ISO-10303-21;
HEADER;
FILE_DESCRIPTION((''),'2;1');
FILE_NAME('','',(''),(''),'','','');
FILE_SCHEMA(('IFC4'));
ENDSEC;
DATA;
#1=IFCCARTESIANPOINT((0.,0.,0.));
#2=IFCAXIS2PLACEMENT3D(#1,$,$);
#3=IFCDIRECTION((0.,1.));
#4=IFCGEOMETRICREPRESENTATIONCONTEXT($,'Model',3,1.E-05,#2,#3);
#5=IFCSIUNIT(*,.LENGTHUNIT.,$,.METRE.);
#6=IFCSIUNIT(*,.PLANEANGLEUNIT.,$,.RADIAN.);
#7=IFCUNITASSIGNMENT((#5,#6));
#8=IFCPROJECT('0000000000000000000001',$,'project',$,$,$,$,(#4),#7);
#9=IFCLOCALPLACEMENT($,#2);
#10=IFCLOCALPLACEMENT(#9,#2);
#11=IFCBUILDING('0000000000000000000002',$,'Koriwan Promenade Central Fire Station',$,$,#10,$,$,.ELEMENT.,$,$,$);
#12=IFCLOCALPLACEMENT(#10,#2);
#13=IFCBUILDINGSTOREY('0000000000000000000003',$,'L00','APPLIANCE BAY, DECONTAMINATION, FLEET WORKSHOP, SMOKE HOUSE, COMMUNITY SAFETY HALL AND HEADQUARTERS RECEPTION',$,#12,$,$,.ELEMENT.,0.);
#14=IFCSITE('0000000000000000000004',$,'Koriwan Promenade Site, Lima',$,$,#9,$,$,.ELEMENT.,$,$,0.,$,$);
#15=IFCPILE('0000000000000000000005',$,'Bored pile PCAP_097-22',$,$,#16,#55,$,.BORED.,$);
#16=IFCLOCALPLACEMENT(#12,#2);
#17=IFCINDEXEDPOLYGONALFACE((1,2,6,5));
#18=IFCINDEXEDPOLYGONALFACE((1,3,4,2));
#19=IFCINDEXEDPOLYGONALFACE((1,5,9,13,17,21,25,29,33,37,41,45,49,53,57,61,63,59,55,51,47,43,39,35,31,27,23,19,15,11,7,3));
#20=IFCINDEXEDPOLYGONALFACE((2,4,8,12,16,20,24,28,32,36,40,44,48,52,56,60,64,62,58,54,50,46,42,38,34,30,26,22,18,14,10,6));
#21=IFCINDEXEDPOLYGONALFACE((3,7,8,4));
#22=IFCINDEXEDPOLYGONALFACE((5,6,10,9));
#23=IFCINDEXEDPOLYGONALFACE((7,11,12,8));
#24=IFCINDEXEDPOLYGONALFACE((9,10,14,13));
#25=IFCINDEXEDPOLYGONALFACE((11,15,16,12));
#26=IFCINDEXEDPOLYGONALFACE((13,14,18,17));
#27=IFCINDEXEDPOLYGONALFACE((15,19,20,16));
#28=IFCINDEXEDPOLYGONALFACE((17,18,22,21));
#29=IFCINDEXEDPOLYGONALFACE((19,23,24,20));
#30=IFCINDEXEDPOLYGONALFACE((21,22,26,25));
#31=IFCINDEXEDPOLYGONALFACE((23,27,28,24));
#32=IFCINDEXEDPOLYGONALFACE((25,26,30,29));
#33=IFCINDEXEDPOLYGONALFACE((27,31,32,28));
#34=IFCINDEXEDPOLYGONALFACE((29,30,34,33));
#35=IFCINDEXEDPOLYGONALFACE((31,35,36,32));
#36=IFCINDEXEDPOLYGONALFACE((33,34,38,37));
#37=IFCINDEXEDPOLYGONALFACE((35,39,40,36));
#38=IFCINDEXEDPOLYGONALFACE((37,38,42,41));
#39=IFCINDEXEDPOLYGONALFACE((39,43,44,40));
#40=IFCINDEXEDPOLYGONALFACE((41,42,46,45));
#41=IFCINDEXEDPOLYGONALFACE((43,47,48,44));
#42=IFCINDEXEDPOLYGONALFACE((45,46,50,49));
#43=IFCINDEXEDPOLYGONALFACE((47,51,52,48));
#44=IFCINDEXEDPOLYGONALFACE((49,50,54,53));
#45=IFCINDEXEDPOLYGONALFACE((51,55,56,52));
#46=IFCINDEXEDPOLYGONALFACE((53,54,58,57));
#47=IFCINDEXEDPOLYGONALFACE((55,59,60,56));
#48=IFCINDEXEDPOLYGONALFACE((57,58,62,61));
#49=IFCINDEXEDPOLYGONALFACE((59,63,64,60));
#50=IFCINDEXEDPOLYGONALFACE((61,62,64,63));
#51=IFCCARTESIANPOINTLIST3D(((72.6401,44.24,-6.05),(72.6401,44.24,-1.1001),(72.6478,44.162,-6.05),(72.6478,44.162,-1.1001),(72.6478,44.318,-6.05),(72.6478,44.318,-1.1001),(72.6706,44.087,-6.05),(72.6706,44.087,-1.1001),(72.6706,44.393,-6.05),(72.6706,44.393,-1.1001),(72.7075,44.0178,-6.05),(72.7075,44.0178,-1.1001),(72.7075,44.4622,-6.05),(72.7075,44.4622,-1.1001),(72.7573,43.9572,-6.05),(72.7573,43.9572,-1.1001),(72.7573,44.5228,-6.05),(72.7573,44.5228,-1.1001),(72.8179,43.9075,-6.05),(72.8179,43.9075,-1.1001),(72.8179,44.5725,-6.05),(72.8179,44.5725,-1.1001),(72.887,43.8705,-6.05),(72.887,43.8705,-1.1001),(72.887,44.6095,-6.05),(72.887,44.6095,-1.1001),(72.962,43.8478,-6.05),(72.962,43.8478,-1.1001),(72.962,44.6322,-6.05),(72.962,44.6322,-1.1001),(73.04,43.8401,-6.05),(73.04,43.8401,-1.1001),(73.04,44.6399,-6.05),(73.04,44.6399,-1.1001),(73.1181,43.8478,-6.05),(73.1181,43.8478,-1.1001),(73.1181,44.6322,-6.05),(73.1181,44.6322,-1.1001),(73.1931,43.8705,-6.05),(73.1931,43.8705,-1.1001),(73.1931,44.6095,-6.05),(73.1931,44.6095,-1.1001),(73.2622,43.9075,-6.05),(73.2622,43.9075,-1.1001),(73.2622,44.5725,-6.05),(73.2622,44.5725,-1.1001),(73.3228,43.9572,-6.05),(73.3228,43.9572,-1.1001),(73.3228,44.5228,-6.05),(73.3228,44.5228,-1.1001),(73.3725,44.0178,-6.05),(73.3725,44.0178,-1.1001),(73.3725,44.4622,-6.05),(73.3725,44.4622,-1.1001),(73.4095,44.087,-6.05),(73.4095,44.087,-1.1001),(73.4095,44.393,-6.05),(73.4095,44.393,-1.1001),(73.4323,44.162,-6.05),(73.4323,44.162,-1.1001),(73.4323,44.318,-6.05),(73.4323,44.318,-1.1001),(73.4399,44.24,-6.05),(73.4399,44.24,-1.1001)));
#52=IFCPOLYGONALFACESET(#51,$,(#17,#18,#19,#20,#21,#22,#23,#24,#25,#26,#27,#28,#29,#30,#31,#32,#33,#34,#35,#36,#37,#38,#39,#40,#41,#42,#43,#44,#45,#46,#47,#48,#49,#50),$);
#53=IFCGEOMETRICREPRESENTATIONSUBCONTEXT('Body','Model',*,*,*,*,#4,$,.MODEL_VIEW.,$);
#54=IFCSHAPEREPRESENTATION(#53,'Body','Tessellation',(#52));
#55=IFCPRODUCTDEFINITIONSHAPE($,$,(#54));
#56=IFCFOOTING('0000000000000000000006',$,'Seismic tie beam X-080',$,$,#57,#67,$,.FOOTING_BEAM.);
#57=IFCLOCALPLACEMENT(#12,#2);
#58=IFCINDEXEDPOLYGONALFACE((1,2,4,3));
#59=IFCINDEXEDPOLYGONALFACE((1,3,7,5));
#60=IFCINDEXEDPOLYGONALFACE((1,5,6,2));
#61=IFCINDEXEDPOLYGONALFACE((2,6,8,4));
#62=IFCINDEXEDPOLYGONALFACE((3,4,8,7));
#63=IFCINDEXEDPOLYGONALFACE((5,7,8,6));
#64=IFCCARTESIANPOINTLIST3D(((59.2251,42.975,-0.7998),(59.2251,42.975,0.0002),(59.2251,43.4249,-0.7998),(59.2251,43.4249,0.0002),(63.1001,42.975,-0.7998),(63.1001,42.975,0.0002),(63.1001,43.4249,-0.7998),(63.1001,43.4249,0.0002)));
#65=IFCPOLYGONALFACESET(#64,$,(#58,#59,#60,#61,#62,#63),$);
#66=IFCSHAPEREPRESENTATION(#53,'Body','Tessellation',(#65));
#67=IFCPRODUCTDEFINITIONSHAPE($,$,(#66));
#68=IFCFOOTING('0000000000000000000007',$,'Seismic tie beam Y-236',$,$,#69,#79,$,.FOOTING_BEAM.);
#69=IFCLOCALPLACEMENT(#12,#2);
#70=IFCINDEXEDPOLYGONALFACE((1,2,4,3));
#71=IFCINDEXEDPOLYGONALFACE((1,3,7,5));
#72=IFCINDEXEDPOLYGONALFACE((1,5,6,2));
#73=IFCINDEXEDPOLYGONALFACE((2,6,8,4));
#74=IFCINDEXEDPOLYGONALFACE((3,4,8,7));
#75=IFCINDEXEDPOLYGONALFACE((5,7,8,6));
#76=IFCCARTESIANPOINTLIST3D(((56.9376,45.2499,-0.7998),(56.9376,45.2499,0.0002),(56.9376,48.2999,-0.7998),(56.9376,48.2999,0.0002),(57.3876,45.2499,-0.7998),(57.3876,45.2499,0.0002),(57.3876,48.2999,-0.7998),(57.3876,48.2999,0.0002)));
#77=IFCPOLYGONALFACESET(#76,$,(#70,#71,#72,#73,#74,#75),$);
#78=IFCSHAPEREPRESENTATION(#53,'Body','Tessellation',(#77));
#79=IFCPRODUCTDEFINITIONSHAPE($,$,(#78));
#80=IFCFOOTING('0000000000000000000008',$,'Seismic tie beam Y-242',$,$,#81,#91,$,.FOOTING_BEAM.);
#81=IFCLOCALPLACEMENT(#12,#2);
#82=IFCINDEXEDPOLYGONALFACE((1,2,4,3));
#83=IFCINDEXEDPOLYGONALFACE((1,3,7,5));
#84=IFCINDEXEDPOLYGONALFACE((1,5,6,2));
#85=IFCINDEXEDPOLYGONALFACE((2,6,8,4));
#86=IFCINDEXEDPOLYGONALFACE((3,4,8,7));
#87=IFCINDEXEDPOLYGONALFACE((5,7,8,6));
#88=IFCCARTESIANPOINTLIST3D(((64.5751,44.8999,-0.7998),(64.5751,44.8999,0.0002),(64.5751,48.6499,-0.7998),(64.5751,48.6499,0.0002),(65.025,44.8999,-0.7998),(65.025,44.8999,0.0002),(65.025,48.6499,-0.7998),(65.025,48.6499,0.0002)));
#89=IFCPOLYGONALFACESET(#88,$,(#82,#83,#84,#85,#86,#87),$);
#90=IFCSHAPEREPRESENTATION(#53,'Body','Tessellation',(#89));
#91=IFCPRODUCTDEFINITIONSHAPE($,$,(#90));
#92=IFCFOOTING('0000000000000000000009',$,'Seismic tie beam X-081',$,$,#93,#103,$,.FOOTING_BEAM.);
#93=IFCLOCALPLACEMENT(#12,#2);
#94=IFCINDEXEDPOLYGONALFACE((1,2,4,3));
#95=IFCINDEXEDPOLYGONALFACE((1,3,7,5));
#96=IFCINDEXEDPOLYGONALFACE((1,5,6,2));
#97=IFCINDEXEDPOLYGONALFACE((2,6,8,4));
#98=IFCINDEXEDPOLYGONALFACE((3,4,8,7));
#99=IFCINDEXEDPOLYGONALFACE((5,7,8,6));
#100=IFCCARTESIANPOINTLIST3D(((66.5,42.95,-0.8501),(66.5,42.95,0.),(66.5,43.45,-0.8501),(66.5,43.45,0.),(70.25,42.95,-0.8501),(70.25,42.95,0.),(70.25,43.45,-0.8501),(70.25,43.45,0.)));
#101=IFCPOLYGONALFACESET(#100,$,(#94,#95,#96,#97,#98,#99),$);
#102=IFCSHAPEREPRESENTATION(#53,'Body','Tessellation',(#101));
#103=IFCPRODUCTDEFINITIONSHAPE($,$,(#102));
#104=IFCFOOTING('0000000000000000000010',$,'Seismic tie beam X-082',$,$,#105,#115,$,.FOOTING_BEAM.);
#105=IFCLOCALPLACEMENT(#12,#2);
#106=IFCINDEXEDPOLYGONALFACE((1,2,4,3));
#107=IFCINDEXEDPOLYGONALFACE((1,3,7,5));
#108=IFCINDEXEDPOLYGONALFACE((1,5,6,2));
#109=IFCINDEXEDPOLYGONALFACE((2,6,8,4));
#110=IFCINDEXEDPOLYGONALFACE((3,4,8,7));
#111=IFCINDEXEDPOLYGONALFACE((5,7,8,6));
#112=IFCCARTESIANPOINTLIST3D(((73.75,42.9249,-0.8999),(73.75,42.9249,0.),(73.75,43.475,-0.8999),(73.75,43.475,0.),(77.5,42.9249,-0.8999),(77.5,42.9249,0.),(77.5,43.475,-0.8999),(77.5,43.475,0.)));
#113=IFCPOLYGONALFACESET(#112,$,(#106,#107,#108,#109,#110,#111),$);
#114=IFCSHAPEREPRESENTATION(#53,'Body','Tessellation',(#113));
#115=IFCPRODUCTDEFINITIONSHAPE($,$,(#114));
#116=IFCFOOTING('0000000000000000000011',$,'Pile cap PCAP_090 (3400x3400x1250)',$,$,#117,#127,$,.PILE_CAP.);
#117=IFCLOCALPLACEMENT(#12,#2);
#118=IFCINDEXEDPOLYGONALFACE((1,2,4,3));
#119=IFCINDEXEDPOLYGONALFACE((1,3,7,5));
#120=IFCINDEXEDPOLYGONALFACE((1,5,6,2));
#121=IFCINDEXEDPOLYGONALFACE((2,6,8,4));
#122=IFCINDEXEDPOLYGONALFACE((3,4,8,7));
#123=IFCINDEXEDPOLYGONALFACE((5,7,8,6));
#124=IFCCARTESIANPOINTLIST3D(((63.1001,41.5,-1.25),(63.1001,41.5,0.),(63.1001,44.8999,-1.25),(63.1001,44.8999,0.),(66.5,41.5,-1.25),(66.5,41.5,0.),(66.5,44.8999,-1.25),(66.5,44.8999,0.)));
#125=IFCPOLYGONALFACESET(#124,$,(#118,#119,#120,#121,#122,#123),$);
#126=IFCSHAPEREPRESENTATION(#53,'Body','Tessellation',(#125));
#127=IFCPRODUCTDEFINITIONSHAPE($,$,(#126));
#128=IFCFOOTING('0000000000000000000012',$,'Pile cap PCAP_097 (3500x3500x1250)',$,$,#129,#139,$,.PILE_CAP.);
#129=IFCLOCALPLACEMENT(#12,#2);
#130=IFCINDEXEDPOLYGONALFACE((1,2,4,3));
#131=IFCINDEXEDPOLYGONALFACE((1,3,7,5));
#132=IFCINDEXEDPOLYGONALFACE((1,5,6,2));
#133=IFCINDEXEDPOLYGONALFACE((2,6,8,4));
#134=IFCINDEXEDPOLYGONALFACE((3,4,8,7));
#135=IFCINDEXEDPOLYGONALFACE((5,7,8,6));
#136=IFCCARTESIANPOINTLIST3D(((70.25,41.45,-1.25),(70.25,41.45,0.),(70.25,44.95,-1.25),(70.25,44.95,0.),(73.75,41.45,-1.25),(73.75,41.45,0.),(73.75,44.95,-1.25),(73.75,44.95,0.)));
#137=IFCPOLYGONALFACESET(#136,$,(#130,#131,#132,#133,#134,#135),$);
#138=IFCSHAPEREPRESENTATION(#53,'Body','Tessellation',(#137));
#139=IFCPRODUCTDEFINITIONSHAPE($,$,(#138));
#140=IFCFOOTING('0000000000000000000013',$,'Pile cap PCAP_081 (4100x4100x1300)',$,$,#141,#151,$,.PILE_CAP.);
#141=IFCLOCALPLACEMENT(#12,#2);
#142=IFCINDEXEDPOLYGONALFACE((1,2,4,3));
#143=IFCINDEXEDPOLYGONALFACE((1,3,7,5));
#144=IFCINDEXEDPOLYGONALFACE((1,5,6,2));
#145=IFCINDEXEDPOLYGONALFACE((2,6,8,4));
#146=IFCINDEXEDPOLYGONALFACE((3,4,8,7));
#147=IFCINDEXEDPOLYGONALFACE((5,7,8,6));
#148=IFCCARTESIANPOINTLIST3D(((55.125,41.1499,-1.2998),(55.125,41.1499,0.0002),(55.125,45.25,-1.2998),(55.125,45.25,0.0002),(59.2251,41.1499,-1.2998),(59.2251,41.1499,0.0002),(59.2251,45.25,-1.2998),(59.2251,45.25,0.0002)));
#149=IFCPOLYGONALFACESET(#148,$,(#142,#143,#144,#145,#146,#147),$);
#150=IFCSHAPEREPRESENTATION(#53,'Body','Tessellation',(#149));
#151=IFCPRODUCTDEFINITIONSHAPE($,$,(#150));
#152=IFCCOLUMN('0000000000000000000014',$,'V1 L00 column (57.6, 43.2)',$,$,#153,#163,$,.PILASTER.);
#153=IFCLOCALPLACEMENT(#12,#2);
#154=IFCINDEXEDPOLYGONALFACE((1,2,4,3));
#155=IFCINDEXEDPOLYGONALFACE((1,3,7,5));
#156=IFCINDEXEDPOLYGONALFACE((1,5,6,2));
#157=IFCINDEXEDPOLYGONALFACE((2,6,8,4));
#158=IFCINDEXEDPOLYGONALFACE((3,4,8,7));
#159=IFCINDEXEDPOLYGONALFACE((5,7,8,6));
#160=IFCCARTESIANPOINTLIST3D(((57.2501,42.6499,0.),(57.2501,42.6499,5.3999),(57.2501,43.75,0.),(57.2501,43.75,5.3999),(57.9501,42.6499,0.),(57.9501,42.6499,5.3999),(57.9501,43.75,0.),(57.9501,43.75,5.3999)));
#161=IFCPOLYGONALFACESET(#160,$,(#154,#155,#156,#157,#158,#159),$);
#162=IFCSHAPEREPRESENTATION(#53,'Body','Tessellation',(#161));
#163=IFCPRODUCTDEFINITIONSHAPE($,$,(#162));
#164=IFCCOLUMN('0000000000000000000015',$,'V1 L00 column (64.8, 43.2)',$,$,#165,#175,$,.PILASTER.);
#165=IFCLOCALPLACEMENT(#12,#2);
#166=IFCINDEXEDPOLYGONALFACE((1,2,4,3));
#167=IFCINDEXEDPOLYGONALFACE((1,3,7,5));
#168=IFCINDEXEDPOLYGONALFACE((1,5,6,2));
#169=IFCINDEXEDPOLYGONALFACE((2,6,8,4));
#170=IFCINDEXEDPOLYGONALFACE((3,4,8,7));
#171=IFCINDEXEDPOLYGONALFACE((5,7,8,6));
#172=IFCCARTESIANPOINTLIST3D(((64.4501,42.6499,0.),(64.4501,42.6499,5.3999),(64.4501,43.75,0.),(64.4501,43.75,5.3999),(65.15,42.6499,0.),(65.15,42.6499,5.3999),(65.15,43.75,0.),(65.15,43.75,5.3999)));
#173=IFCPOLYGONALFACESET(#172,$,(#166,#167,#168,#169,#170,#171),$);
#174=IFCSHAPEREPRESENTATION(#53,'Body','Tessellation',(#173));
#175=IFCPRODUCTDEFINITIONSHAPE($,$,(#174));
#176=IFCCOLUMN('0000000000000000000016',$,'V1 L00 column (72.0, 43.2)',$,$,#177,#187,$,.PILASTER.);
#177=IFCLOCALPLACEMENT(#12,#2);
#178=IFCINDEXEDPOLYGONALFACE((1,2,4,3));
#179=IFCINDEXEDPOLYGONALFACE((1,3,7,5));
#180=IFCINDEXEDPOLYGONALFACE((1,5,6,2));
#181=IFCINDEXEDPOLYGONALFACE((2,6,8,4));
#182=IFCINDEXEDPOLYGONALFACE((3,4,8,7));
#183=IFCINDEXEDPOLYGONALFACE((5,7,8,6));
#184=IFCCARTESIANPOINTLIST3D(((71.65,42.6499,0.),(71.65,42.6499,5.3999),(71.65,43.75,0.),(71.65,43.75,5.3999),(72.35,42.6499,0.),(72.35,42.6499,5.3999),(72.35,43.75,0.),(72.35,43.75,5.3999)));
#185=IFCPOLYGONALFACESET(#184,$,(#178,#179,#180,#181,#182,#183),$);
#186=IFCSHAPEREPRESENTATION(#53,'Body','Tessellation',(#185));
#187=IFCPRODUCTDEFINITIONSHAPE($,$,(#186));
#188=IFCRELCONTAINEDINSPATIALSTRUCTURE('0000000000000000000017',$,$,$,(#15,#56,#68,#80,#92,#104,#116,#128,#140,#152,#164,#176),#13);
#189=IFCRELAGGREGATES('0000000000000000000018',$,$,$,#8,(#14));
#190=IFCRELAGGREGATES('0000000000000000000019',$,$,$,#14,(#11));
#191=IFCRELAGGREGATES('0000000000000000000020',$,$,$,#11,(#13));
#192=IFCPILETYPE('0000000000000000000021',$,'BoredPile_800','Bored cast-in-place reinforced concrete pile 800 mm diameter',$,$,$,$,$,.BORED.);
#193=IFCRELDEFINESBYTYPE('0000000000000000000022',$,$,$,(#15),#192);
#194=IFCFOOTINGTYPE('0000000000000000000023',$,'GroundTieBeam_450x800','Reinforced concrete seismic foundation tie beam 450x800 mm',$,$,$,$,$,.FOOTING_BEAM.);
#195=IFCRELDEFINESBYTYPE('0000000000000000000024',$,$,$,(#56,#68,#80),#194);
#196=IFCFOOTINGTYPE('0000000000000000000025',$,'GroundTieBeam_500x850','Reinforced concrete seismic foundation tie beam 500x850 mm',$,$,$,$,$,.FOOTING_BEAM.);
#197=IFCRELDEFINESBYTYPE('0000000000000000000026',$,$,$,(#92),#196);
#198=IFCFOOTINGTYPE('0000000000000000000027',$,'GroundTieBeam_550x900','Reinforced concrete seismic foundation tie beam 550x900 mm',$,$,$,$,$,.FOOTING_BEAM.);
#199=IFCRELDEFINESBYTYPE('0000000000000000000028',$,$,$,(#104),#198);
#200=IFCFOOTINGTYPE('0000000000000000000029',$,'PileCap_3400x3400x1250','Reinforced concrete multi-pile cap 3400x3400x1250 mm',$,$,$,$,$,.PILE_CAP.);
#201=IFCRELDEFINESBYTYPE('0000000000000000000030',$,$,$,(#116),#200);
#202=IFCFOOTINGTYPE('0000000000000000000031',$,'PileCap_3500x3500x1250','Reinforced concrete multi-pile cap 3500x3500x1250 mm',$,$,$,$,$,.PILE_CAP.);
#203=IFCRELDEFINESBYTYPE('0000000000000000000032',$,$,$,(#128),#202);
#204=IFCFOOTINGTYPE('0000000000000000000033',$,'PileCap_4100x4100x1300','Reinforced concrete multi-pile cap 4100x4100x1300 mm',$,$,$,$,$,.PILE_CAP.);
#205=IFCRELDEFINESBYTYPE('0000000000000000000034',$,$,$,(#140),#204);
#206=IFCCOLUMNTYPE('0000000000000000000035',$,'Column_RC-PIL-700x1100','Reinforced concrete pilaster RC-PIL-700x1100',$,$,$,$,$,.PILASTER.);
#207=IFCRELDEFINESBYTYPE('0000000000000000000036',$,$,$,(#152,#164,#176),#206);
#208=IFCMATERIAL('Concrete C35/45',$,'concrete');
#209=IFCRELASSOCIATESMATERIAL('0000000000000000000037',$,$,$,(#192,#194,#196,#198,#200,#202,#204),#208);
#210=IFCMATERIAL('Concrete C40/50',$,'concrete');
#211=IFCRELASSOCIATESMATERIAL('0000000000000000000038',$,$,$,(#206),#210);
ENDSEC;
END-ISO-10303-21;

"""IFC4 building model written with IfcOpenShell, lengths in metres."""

from ifc_helpers import new_model, si_unit, direction, frame, origin, origin_2d, place, context, subcontext, project, spatial, rectangle, circle, extrude, material, material_profile, profile_set, type_object, element, save


model = new_model("IFC4")

# Units and contexts
model_context = context("Model", 3, precision=1e-05, world=origin(), true_north=direction((0.0, 1.0)))
body_context = subcontext(model_context, "Body", "Model", "MODEL_VIEW")
ifc_project = project(units=[si_unit("LENGTHUNIT", "METRE"), si_unit("PLANEANGLEUNIT", "RADIAN")], contexts=[model_context])

# Site, building, storey
site_placement = place(None, origin())
site = spatial("IfcSite", under=ifc_project, at=site_placement, Name="Koriwan Promenade Site, Lima", CompositionType="ELEMENT", RefElevation=0.0)
building_placement = place(site_placement, origin())
building = spatial("IfcBuilding", under=site, at=building_placement, Name="Koriwan Promenade Central Fire Station", CompositionType="ELEMENT")
storey_placement = place(building_placement, origin())
storey = spatial("IfcBuildingStorey", under=building, at=storey_placement, Name="L00", Description="APPLIANCE BAY, DECONTAMINATION, FLEET WORKSHOP, SMOKE HOUSE, COMMUNITY SAFETY HALL AND HEADQUARTERS RECEPTION", CompositionType="ELEMENT", Elevation=0.0)

# Pile
ifc_material_1 = material(Name="Concrete C35/45", Category="concrete")
ifc_material_profile_1 = material_profile(ifc_material_1, circle(Radius=0.3999, at=origin_2d()), Name="PILE-D800")
ifc_profile_set_1 = profile_set([ifc_material_profile_1], Name="Concrete C35/45")
pile_type_1 = type_object("IfcPileType", Name="BoredPile_800", Description="Bored cast-in-place reinforced concrete pile 800 mm diameter", PredefinedType="BORED", material=ifc_profile_set_1)
for number, where, z_axis, x_axis, name in (
    (1, (73.04, 44.24, -1.1001), (0.0, 0.0, -1.0), (1.0, 0.0, 0.0), "Bored pile PCAP_097-22"),
):
    element("IfcPile", number, at=place(storey_placement, frame(where, z_axis=z_axis, x_axis=x_axis)), inside=storey, type_object=pile_type_1, Name=name, PredefinedType="BORED", context=body_context, shape_type="SweptSolid", body=[
        extrude(circle(Radius=0.3999, at=origin_2d()), origin(), (0.0, 0.0, 1.0), 4.95),
    ])

# Footings
footing_type_1 = type_object("IfcFootingType", Name="GroundTieBeam_450x800", Description="Reinforced concrete seismic foundation tie beam 450x800 mm", PredefinedType="FOOTING_BEAM", material=ifc_material_1)
footing_1_placement = place(storey_placement, frame((61.1626, 43.2, -0.7998), z_axis=(0.0, 0.0, 1.0), x_axis=(1.0, 0.0, 0.0)))
element("IfcFooting", 2, at=footing_1_placement, inside=storey, type_object=footing_type_1, Name="Seismic tie beam X-080", PredefinedType="FOOTING_BEAM", context=body_context, shape_type="SweptSolid", body=[
    extrude(rectangle(XDim=3.875, YDim=0.45, at=origin_2d()), origin(), (0.0, 0.0, 1.0), 0.8),
])
footing_2_placement = place(storey_placement, frame((57.1626, 46.7749, -0.7998), z_axis=(0.0, 0.0, 1.0), x_axis=(0.0, 1.0, 0.0)))
element("IfcFooting", 3, at=footing_2_placement, inside=storey, type_object=footing_type_1, Name="Seismic tie beam Y-236", PredefinedType="FOOTING_BEAM", context=body_context, shape_type="SweptSolid", body=[
    extrude(rectangle(XDim=3.05, YDim=0.45, at=origin_2d()), origin(), (0.0, 0.0, 1.0), 0.8),
])
footing_3_placement = place(storey_placement, frame((64.8, 46.7749, -0.7998), z_axis=(0.0, 0.0, 1.0), x_axis=(0.0, 1.0, 0.0)))
element("IfcFooting", 4, at=footing_3_placement, inside=storey, type_object=footing_type_1, Name="Seismic tie beam Y-242", PredefinedType="FOOTING_BEAM", context=body_context, shape_type="SweptSolid", body=[
    extrude(rectangle(XDim=3.75, YDim=0.45, at=origin_2d()), origin(), (0.0, 0.0, 1.0), 0.8),
])
footing_type_2 = type_object("IfcFootingType", Name="GroundTieBeam_500x850", Description="Reinforced concrete seismic foundation tie beam 500x850 mm", PredefinedType="FOOTING_BEAM", material=ifc_material_1)
footing_4_placement = place(storey_placement, frame((68.375, 43.2, -0.8501), z_axis=(0.0, 0.0, 1.0), x_axis=(1.0, 0.0, 0.0)))
element("IfcFooting", 5, at=footing_4_placement, inside=storey, type_object=footing_type_2, Name="Seismic tie beam X-081", PredefinedType="FOOTING_BEAM", context=body_context, shape_type="SweptSolid", body=[
    extrude(rectangle(XDim=3.75, YDim=0.5, at=origin_2d()), origin(), (0.0, 0.0, 1.0), 0.8501),
])
footing_type_3 = type_object("IfcFootingType", Name="GroundTieBeam_550x900", Description="Reinforced concrete seismic foundation tie beam 550x900 mm", PredefinedType="FOOTING_BEAM", material=ifc_material_1)
footing_5_placement = place(storey_placement, frame((75.625, 43.2, -0.8999), z_axis=(0.0, 0.0, 1.0), x_axis=(1.0, 0.0, 0.0)))
element("IfcFooting", 6, at=footing_5_placement, inside=storey, type_object=footing_type_3, Name="Seismic tie beam X-082", PredefinedType="FOOTING_BEAM", context=body_context, shape_type="SweptSolid", body=[
    extrude(rectangle(XDim=3.75, YDim=0.55, at=origin_2d()), origin(), (0.0, 0.0, 1.0), 0.8999),
])
footing_type_4 = type_object("IfcFootingType", Name="PileCap_3400x3400x1250", Description="Reinforced concrete multi-pile cap 3400x3400x1250 mm", PredefinedType="PILE_CAP", material=ifc_material_1)
footing_6_placement = place(storey_placement, frame((64.8, 43.2, -1.25), z_axis=(0.0, 0.0, 1.0), x_axis=(1.0, 0.0, 0.0)))
element("IfcFooting", 7, at=footing_6_placement, inside=storey, type_object=footing_type_4, Name="Pile cap PCAP_090 (3400x3400x1250)", PredefinedType="PILE_CAP", context=body_context, shape_type="SweptSolid", body=[
    extrude(rectangle(XDim=3.3999, YDim=3.3999, at=origin_2d()), origin(), (0.0, 0.0, 1.0), 1.25),
])
footing_type_5 = type_object("IfcFootingType", Name="PileCap_3500x3500x1250", Description="Reinforced concrete multi-pile cap 3500x3500x1250 mm", PredefinedType="PILE_CAP", material=ifc_material_1)
footing_7_placement = place(storey_placement, frame((72.0, 43.2, -1.25), z_axis=(0.0, 0.0, 1.0), x_axis=(1.0, 0.0, 0.0)))
element("IfcFooting", 8, at=footing_7_placement, inside=storey, type_object=footing_type_5, Name="Pile cap PCAP_097 (3500x3500x1250)", PredefinedType="PILE_CAP", context=body_context, shape_type="SweptSolid", body=[
    extrude(rectangle(XDim=3.5, YDim=3.5, at=origin_2d()), origin(), (0.0, 0.0, 1.0), 1.25),
])
footing_type_6 = type_object("IfcFootingType", Name="PileCap_4100x4100x1300", Description="Reinforced concrete multi-pile cap 4100x4100x1300 mm", PredefinedType="PILE_CAP", material=ifc_material_1)
footing_8_placement = place(storey_placement, frame((57.175, 43.2, -1.2998), z_axis=(0.0, 0.0, 1.0), x_axis=(1.0, 0.0, 0.0)))
element("IfcFooting", 9, at=footing_8_placement, inside=storey, type_object=footing_type_6, Name="Pile cap PCAP_081 (4100x4100x1300)", PredefinedType="PILE_CAP", context=body_context, shape_type="SweptSolid", body=[
    extrude(rectangle(XDim=4.1001, YDim=4.1001, at=origin_2d()), origin(), (0.0, 0.0, 1.0), 1.3),
])

# Columns
ifc_material_2 = material(Name="Concrete C40/50", Category="concrete")
ifc_material_profile_2 = material_profile(ifc_material_2, rectangle(XDim=0.7, YDim=1.1001, at=origin_2d()), Name="RC-PIL-700x1100")
ifc_profile_set_2 = profile_set([ifc_material_profile_2], Name="Concrete C40/50")
column_type = type_object("IfcColumnType", Name="Column_RC-PIL-700x1100", Description="Reinforced concrete pilaster RC-PIL-700x1100", PredefinedType="PILASTER", material=ifc_profile_set_2)
for number, where, z_axis, x_axis, name in (
    (10, (57.6001, 43.2, 0.0), (0.0, 0.0, 1.0), (1.0, 0.0, 0.0), "V1 L00 column (57.6, 43.2)"),
    (11, (64.8, 43.2, 0.0), (0.0, 0.0, 1.0), (1.0, 0.0, 0.0), "V1 L00 column (64.8, 43.2)"),
    (12, (72.0, 43.2, 0.0), (0.0, 0.0, 1.0), (1.0, 0.0, 0.0), "V1 L00 column (72.0, 43.2)"),
):
    element("IfcColumn", number, at=place(storey_placement, frame(where, z_axis=z_axis, x_axis=x_axis)), inside=storey, type_object=column_type, Name=name, PredefinedType="PILASTER", context=body_context, shape_type="SweptSolid", body=[
        extrude(rectangle(XDim=0.7, YDim=1.1001, at=origin_2d()), origin(), (0.0, 0.0, 1.0), 5.3999),
    ])

save(model, "model.ifc")
